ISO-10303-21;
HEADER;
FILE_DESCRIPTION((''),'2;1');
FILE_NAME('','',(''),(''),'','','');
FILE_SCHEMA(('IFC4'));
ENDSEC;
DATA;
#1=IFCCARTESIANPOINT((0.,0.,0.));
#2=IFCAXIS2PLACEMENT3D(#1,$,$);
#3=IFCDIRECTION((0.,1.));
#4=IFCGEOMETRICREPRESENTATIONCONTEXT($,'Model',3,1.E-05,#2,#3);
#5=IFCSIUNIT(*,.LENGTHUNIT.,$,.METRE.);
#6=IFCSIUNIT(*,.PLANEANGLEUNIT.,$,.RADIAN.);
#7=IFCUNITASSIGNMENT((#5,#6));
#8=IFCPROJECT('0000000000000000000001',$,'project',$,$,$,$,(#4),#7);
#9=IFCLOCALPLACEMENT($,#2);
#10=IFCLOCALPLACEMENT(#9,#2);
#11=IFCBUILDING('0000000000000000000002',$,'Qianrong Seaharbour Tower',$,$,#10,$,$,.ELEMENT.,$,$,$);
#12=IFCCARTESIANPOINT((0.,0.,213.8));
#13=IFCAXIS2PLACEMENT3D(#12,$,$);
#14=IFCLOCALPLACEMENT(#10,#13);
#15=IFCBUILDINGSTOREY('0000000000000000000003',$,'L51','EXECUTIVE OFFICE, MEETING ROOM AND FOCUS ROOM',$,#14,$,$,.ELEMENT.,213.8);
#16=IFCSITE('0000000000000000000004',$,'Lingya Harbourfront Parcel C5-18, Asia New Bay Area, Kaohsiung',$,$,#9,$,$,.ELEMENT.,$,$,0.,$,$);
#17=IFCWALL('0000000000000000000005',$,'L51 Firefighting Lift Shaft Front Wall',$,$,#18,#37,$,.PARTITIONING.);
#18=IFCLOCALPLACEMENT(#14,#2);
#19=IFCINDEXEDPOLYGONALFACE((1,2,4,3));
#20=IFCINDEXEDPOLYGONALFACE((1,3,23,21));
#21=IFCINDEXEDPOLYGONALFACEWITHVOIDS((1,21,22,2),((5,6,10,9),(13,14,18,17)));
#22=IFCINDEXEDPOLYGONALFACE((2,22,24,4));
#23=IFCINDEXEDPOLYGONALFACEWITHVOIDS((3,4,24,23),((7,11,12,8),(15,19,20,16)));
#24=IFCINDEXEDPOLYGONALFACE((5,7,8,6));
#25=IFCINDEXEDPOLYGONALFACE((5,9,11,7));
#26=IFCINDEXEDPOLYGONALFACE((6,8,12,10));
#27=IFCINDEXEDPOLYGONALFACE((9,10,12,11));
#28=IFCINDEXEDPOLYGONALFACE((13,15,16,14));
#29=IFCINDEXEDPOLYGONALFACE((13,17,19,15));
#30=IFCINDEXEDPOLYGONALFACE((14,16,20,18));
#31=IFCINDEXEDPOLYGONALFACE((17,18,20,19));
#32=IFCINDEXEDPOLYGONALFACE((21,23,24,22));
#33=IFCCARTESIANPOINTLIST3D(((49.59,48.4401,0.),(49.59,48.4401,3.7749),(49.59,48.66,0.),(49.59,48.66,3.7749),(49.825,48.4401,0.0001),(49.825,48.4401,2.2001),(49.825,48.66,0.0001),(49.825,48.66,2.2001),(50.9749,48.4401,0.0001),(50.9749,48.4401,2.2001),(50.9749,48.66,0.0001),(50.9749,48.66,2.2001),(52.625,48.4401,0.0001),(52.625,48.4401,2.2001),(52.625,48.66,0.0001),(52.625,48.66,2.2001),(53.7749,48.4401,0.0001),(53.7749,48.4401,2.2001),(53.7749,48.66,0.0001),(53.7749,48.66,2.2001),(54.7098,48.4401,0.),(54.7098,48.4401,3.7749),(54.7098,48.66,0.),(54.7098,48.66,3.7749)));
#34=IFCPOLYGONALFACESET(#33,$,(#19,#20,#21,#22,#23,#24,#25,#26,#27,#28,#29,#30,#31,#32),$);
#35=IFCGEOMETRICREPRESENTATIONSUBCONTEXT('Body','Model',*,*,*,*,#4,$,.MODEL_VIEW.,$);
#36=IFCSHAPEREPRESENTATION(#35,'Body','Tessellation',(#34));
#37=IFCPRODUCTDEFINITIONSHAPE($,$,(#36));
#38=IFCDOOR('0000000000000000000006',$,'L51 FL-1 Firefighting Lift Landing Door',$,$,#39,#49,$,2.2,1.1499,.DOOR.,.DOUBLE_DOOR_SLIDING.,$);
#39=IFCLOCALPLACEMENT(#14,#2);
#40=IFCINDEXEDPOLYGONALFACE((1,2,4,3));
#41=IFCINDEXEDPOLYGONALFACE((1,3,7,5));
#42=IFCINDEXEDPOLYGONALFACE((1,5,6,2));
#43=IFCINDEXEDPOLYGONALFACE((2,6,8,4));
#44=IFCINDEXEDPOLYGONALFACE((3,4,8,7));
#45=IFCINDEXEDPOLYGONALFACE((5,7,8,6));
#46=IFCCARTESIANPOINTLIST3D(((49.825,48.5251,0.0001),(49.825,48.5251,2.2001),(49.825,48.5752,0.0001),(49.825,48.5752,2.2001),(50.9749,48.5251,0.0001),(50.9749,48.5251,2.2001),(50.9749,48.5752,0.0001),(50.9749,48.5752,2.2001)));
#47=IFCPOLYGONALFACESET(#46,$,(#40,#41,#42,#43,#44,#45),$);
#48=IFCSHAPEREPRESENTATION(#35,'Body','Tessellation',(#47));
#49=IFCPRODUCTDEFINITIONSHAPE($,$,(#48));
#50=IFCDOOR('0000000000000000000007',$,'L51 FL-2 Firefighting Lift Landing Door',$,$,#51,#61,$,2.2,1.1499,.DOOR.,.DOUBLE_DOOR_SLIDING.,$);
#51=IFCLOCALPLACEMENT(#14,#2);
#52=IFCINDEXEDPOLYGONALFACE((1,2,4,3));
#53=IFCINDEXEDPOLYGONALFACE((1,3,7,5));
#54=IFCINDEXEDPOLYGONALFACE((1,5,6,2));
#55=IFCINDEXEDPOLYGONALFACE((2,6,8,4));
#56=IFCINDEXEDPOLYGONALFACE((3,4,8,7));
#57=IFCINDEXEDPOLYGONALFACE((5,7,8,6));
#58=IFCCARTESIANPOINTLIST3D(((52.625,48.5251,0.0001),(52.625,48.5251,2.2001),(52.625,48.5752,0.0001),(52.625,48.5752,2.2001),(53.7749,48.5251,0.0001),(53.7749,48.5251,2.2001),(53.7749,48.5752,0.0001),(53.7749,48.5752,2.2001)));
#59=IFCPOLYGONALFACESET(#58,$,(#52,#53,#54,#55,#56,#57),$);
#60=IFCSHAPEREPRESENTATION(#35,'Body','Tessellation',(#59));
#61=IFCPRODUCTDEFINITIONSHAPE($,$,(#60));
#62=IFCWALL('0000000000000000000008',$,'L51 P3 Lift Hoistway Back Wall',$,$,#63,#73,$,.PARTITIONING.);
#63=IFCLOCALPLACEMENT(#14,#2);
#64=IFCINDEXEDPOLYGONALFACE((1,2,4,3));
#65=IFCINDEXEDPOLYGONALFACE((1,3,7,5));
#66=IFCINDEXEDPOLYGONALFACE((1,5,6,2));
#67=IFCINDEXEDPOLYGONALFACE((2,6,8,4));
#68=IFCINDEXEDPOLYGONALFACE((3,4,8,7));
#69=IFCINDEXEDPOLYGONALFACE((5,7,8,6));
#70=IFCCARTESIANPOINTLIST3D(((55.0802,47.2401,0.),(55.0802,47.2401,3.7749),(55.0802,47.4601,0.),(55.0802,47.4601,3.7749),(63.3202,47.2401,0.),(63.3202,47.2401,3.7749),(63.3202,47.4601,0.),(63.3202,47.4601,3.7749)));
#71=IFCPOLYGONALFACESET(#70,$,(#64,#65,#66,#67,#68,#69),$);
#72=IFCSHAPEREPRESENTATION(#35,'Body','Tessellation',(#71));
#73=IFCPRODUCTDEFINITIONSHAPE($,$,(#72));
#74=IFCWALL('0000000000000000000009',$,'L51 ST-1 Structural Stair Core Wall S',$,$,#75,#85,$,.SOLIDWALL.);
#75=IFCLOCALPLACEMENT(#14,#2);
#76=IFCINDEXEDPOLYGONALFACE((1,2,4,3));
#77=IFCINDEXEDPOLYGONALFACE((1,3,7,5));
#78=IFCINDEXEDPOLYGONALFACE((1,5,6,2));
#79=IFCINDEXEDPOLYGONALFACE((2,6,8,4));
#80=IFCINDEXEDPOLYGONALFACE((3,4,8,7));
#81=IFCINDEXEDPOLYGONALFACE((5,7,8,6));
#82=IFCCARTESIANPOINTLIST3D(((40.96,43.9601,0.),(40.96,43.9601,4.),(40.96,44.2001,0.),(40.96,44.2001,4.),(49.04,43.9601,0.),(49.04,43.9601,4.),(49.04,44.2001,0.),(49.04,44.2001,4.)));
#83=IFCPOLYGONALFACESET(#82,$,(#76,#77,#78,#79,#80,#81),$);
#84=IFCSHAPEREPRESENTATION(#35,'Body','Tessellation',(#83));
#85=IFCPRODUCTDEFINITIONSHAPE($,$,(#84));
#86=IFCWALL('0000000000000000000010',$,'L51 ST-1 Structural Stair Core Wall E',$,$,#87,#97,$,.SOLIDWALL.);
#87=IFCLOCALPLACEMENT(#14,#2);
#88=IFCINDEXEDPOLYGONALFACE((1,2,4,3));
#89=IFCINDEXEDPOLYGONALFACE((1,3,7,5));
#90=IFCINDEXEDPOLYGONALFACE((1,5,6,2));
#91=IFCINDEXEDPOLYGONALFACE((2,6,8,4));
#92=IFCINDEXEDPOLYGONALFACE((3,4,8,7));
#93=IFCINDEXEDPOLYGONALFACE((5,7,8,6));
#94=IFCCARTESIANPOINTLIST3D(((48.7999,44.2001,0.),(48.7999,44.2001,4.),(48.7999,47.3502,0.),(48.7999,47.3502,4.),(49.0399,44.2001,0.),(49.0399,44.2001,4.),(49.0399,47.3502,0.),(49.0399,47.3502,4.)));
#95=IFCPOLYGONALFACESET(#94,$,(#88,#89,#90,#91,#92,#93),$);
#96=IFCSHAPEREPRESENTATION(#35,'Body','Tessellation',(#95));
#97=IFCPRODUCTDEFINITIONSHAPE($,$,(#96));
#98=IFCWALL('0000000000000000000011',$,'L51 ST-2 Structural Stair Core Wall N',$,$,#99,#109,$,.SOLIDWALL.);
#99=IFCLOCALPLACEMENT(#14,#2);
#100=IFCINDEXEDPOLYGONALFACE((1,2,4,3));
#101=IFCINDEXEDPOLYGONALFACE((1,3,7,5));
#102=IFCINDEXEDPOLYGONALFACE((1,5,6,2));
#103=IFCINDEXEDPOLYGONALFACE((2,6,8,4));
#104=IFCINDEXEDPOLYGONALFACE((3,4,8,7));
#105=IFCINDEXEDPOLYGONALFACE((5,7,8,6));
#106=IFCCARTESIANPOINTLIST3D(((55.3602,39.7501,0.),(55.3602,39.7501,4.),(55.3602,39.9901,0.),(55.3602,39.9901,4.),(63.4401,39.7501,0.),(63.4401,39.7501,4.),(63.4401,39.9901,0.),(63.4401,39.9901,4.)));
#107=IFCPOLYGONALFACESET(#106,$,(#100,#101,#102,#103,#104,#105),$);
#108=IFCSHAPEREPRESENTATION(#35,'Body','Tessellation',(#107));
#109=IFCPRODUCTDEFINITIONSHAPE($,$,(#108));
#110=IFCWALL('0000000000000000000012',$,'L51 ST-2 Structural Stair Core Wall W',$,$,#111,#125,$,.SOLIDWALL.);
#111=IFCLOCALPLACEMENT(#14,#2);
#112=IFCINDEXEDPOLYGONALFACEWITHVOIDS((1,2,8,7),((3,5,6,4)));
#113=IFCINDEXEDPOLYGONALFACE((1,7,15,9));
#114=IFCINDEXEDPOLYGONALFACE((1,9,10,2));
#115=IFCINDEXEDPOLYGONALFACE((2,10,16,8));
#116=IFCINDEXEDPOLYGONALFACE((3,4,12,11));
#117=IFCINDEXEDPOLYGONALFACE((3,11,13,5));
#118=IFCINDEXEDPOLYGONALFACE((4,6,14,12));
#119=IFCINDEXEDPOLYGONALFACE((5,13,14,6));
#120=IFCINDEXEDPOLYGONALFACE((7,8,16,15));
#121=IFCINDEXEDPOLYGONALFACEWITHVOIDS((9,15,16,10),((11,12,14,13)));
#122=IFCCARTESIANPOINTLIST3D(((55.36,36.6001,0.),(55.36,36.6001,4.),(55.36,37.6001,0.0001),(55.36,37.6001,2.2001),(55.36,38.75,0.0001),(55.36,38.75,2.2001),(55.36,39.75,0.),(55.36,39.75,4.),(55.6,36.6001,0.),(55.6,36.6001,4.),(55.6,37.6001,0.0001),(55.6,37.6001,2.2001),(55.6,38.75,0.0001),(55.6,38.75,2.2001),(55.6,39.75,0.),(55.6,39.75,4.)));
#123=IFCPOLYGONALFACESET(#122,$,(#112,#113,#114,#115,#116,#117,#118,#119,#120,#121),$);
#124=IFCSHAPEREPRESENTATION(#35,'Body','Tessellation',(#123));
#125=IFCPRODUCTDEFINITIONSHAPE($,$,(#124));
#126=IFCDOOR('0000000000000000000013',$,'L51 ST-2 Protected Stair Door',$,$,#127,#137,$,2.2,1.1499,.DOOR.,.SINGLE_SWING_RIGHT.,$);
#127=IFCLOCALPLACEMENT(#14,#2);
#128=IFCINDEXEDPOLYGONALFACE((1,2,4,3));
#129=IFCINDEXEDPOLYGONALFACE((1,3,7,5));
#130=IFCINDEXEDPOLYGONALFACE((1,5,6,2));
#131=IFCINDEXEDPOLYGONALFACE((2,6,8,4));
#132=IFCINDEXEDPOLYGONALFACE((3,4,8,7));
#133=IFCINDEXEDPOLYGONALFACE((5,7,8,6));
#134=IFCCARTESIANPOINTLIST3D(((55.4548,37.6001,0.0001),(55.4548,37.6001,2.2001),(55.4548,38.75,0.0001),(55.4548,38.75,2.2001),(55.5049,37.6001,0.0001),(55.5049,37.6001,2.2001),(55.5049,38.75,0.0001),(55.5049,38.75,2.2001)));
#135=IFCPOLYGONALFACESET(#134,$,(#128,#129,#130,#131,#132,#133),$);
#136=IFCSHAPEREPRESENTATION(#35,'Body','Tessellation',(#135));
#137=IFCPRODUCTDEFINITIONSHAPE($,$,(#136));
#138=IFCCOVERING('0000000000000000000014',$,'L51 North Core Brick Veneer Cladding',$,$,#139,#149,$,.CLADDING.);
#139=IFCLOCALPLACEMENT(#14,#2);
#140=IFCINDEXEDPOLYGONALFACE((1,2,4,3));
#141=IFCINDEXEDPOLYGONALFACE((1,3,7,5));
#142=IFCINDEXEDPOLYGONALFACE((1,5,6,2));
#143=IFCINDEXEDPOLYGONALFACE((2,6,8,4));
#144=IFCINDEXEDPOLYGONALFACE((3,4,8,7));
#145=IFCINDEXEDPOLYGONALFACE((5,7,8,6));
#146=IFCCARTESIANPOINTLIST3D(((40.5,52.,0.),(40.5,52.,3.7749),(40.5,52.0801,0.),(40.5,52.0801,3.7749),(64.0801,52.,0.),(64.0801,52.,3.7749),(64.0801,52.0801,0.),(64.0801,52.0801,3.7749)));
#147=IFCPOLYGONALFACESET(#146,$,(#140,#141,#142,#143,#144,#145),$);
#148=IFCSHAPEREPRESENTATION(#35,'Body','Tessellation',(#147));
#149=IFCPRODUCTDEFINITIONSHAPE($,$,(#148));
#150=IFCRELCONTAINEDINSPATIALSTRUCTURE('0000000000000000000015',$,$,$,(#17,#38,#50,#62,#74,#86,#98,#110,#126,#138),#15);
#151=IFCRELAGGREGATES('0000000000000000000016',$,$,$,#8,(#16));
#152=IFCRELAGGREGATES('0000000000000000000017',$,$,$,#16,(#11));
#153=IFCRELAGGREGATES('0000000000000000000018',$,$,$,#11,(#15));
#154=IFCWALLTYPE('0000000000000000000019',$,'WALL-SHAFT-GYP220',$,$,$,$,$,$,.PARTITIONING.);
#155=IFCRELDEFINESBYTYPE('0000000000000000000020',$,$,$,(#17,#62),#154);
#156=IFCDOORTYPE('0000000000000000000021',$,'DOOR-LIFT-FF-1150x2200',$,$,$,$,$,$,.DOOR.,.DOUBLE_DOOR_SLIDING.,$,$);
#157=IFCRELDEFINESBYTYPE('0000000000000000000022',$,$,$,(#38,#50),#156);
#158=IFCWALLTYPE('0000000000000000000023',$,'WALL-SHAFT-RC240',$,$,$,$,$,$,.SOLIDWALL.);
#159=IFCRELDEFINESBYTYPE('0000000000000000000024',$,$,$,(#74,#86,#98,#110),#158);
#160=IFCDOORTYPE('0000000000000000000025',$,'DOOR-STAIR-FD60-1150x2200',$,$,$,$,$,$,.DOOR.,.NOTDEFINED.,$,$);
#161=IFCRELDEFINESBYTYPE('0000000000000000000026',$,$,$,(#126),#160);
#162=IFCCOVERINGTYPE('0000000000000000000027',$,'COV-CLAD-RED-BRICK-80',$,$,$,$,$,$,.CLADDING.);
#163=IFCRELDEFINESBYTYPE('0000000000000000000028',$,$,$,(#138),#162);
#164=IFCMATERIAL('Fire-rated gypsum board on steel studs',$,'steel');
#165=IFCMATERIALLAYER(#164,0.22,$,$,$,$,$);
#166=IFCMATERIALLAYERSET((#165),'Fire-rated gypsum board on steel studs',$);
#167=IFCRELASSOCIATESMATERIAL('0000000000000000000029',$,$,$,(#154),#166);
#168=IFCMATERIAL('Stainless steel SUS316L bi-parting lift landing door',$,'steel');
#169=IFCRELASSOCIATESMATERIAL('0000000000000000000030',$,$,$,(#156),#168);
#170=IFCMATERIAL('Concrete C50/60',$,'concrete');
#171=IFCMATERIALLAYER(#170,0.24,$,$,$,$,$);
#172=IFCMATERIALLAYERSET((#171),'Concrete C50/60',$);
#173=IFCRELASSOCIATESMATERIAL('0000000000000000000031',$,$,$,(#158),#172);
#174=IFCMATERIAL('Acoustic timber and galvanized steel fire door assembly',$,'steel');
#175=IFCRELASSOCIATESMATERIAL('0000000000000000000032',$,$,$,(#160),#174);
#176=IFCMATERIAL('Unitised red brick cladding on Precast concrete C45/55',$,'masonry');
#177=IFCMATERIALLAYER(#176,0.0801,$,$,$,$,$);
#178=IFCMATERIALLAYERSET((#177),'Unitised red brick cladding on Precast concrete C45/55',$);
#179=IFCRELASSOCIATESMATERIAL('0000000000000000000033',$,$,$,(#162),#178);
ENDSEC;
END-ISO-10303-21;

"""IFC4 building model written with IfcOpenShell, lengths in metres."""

from ifc_helpers import new_model, si_unit, direction, frame, frame_2d, origin, origin_2d, place, context, subcontext, project, spatial, rectangle, extrude, material, layer, layer_set, type_object, element, fill, save


model = new_model("IFC4")

# Units and contexts
model_context = context("Model", 3, precision=1e-05, world=origin(), true_north=direction((0.0, 1.0)))
body_context = subcontext(model_context, "Body", "Model", "MODEL_VIEW")
ifc_project = project(units=[si_unit("LENGTHUNIT", "METRE"), si_unit("PLANEANGLEUNIT", "RADIAN")], contexts=[model_context])

# Site, building, storey
site_placement = place(None, origin())
site = spatial("IfcSite", under=ifc_project, at=site_placement, Name="Lingya Harbourfront Parcel C5-18, Asia New Bay Area, Kaohsiung", CompositionType="ELEMENT", RefElevation=0.0)
building_placement = place(site_placement, origin())
building = spatial("IfcBuilding", under=site, at=building_placement, Name="Qianrong Seaharbour Tower", CompositionType="ELEMENT")
storey_placement = place(building_placement, frame((0.0, 0.0, 213.8)))
storey = spatial("IfcBuildingStorey", under=building, at=storey_placement, Name="L51", Description="EXECUTIVE OFFICE, MEETING ROOM AND FOCUS ROOM", CompositionType="ELEMENT", Elevation=213.8)

# Shared definitions
ifc_material_1 = material(Name="Concrete C50/60", Category="concrete")

# Shared definitions
ifc_material_2 = material(Name="Acoustic timber and galvanized steel fire door assembly", Category="steel")

# Shared definitions
ifc_material_3 = material(Name="Fire-rated gypsum board on steel studs", Category="steel")

# Wall, openings, doors
ifc_layer_1 = layer(ifc_material_3, 0.22)
ifc_layer_set_1 = layer_set([ifc_layer_1], Name="Fire-rated gypsum board on steel studs")
wall_type_1 = type_object("IfcWallType", Name="WALL-SHAFT-GYP220", PredefinedType="PARTITIONING", material=ifc_layer_set_1)
wall_1_placement = place(storey_placement, frame((54.71, 48.55, 0.0), z_axis=(0.0, 0.0, 1.0), x_axis=(-1.0, 0.0, 0.0)))
wall_1 = element("IfcWall", 1, at=wall_1_placement, inside=storey, type_object=wall_type_1, Name="L51 Firefighting Lift Shaft Front Wall", PredefinedType="PARTITIONING", context=body_context, shape_type="SweptSolid", body=[
    extrude(rectangle(XDim=5.1199, YDim=0.22, at=frame_2d((2.5601, 0.0))), origin(), (0.0, 0.0, 1.0), 3.7749),
])
opening_1_placement = place(wall_1_placement, frame((3.7351, 0.0, 0.0)))
opening_1 = element("IfcOpeningElement", 2, at=opening_1_placement, cuts=wall_1, PredefinedType="OPENING", context=body_context, shape_type="SweptSolid", body=[
    extrude(rectangle(XDim=1.1499, YDim=2.2, at=frame_2d((0.575, 1.1001))), frame((0.0, 0.1201, 0.0), z_axis=(0.0, -1.0, 0.0), x_axis=(1.0, 0.0, 0.0)), (0.0, 0.0, 1.0), 0.24),
])
opening_2_placement = place(wall_1_placement, frame((0.9351, 0.0, 0.0)))
opening_2 = element("IfcOpeningElement", 3, at=opening_2_placement, cuts=wall_1, PredefinedType="OPENING", context=body_context, shape_type="SweptSolid", body=[
    extrude(rectangle(XDim=1.1499, YDim=2.2, at=frame_2d((0.575, 1.1001))), frame((0.0, 0.1201, 0.0), z_axis=(0.0, -1.0, 0.0), x_axis=(1.0, 0.0, 0.0)), (0.0, 0.0, 1.0), 0.24),
])
ifc_material_4 = material(Name="Stainless steel SUS316L bi-parting lift landing door", Category="steel")
door_type_1 = type_object("IfcDoorType", Name="DOOR-LIFT-FF-1150x2200", OperationType="DOUBLE_DOOR_SLIDING", PredefinedType="DOOR", material=ifc_material_4)
door_1_placement = place(opening_1_placement, origin())
door_1 = element("IfcDoor", 4, at=door_1_placement, inside=storey, type_object=door_type_1, Name="L51 FL-1 Firefighting Lift Landing Door", OperationType="DOUBLE_DOOR_SLIDING", OverallHeight=2.2, OverallWidth=1.1499, PredefinedType="DOOR", context=body_context, shape_type="SweptSolid", body=[
    extrude(rectangle(XDim=1.1499, YDim=2.2, at=frame_2d((0.575, 1.1001))), frame((0.0, 0.0249, 0.0), z_axis=(0.0, -1.0, 0.0), x_axis=(1.0, 0.0, 0.0)), (0.0, 0.0, 1.0), 0.05),
])
fill(opening_1, door_1)
door_2_placement = place(opening_2_placement, origin())
door_2 = element("IfcDoor", 5, at=door_2_placement, inside=storey, type_object=door_type_1, Name="L51 FL-2 Firefighting Lift Landing Door", OperationType="DOUBLE_DOOR_SLIDING", OverallHeight=2.2, OverallWidth=1.1499, PredefinedType="DOOR", context=body_context, shape_type="SweptSolid", body=[
    extrude(rectangle(XDim=1.1499, YDim=2.2, at=frame_2d((0.575, 1.1001))), frame((0.0, 0.0249, 0.0), z_axis=(0.0, -1.0, 0.0), x_axis=(1.0, 0.0, 0.0)), (0.0, 0.0, 1.0), 0.05),
])
fill(opening_2, door_2)

# Walls
wall_2_placement = place(storey_placement, frame((55.0801, 47.3501, 0.0), z_axis=(0.0, 0.0, 1.0), x_axis=(1.0, 0.0, 0.0)))
element("IfcWall", 6, at=wall_2_placement, inside=storey, type_object=wall_type_1, Name="L51 P3 Lift Hoistway Back Wall", PredefinedType="PARTITIONING", context=body_context, shape_type="SweptSolid", body=[
    extrude(rectangle(XDim=8.24, YDim=0.22, at=frame_2d((4.1201, 0.0))), origin(), (0.0, 0.0, 1.0), 3.7749),
])
ifc_layer_2 = layer(ifc_material_1, 0.24)
ifc_layer_set_2 = layer_set([ifc_layer_2], Name="Concrete C50/60")
wall_type_2 = type_object("IfcWallType", Name="WALL-SHAFT-RC240", PredefinedType="SOLIDWALL", material=ifc_layer_set_2)
wall_3_placement = place(storey_placement, frame((49.04, 44.0801, 0.0), z_axis=(0.0, 0.0, 1.0), x_axis=(-1.0, 0.0, 0.0)))
element("IfcWall", 7, at=wall_3_placement, inside=storey, type_object=wall_type_2, Name="L51 ST-1 Structural Stair Core Wall S", PredefinedType="SOLIDWALL", context=body_context, shape_type="SweptSolid", body=[
    extrude(rectangle(XDim=8.0801, YDim=0.24, at=frame_2d((4.04, 0.0))), origin(), (0.0, 0.0, 1.0), 4.0),
])
wall_4_placement = place(storey_placement, frame((48.9199, 44.2, 0.0), z_axis=(0.0, 0.0, 1.0), x_axis=(0.0, 1.0, 0.0)))
element("IfcWall", 8, at=wall_4_placement, inside=storey, type_object=wall_type_2, Name="L51 ST-1 Structural Stair Core Wall E", PredefinedType="SOLIDWALL", context=body_context, shape_type="SweptSolid", body=[
    extrude(rectangle(XDim=3.1501, YDim=0.24, at=frame_2d((1.5752, 0.0))), origin(), (0.0, 0.0, 1.0), 4.0),
])
wall_5_placement = place(storey_placement, frame((55.3601, 39.8701, 0.0), z_axis=(0.0, 0.0, 1.0), x_axis=(1.0, 0.0, 0.0)))
element("IfcWall", 9, at=wall_5_placement, inside=storey, type_object=wall_type_2, Name="L51 ST-2 Structural Stair Core Wall N", PredefinedType="SOLIDWALL", context=body_context, shape_type="SweptSolid", body=[
    extrude(rectangle(XDim=8.0798, YDim=0.24, at=frame_2d((4.04, 0.0))), origin(), (0.0, 0.0, 1.0), 4.0),
])

# Wall, opening, door
wall_6_placement = place(storey_placement, frame((55.48, 39.75, 0.0), z_axis=(0.0, 0.0, 1.0), x_axis=(0.0, -1.0, 0.0)))
wall_6 = element("IfcWall", 10, at=wall_6_placement, inside=storey, type_object=wall_type_2, Name="L51 ST-2 Structural Stair Core Wall W", PredefinedType="SOLIDWALL", context=body_context, shape_type="SweptSolid", body=[
    extrude(rectangle(XDim=3.1499, YDim=0.24, at=frame_2d((1.575, 0.0))), origin(), (0.0, 0.0, 1.0), 4.0),
])
opening_3_placement = place(wall_6_placement, frame((1.0, 0.0, 0.0)))
opening_3 = element("IfcOpeningElement", 11, at=opening_3_placement, cuts=wall_6, PredefinedType="OPENING", context=body_context, shape_type="SweptSolid", body=[
    extrude(rectangle(XDim=1.1499, YDim=2.2, at=frame_2d((0.575, 1.1001))), frame((0.0, 0.1299, 0.0), z_axis=(0.0, -1.0, 0.0), x_axis=(1.0, 0.0, 0.0)), (0.0, 0.0, 1.0), 0.26),
])
door_type_2 = type_object("IfcDoorType", Name="DOOR-STAIR-FD60-1150x2200", OperationType="NOTDEFINED", PredefinedType="DOOR", material=ifc_material_2)
door_3_placement = place(opening_3_placement, origin())
door_3 = element("IfcDoor", 12, at=door_3_placement, inside=storey, type_object=door_type_2, Name="L51 ST-2 Protected Stair Door", OperationType="SINGLE_SWING_RIGHT", OverallHeight=2.2, OverallWidth=1.1499, PredefinedType="DOOR", context=body_context, shape_type="SweptSolid", body=[
    extrude(rectangle(XDim=1.1499, YDim=2.2, at=frame_2d((0.575, 1.1001))), frame((0.0, 0.0249, 0.0), z_axis=(0.0, -1.0, 0.0), x_axis=(1.0, 0.0, 0.0)), (0.0, 0.0, 1.0), 0.05),
])
fill(opening_3, door_3)

# Covering
ifc_material_5 = material(Name="Unitised red brick cladding on Precast concrete C45/55", Category="masonry")
ifc_layer_3 = layer(ifc_material_5, 0.0801)
ifc_layer_set_3 = layer_set([ifc_layer_3], Name="Unitised red brick cladding on Precast concrete C45/55")
covering_type = type_object("IfcCoveringType", Name="COV-CLAD-RED-BRICK-80", PredefinedType="CLADDING", material=ifc_layer_set_3)
covering_placement = place(storey_placement, frame((52.29, 52.04, 0.0), z_axis=(0.0, 0.0, 1.0), x_axis=(1.0, 0.0, 0.0)))
element("IfcCovering", 13, at=covering_placement, inside=storey, type_object=covering_type, Name="L51 North Core Brick Veneer Cladding", PredefinedType="CLADDING", context=body_context, shape_type="SweptSolid", body=[
    extrude(rectangle(XDim=23.5801, YDim=0.0801, at=origin_2d()), origin(), (0.0, 0.0, 1.0), 3.7749),
])

save(model, "model.ifc")
